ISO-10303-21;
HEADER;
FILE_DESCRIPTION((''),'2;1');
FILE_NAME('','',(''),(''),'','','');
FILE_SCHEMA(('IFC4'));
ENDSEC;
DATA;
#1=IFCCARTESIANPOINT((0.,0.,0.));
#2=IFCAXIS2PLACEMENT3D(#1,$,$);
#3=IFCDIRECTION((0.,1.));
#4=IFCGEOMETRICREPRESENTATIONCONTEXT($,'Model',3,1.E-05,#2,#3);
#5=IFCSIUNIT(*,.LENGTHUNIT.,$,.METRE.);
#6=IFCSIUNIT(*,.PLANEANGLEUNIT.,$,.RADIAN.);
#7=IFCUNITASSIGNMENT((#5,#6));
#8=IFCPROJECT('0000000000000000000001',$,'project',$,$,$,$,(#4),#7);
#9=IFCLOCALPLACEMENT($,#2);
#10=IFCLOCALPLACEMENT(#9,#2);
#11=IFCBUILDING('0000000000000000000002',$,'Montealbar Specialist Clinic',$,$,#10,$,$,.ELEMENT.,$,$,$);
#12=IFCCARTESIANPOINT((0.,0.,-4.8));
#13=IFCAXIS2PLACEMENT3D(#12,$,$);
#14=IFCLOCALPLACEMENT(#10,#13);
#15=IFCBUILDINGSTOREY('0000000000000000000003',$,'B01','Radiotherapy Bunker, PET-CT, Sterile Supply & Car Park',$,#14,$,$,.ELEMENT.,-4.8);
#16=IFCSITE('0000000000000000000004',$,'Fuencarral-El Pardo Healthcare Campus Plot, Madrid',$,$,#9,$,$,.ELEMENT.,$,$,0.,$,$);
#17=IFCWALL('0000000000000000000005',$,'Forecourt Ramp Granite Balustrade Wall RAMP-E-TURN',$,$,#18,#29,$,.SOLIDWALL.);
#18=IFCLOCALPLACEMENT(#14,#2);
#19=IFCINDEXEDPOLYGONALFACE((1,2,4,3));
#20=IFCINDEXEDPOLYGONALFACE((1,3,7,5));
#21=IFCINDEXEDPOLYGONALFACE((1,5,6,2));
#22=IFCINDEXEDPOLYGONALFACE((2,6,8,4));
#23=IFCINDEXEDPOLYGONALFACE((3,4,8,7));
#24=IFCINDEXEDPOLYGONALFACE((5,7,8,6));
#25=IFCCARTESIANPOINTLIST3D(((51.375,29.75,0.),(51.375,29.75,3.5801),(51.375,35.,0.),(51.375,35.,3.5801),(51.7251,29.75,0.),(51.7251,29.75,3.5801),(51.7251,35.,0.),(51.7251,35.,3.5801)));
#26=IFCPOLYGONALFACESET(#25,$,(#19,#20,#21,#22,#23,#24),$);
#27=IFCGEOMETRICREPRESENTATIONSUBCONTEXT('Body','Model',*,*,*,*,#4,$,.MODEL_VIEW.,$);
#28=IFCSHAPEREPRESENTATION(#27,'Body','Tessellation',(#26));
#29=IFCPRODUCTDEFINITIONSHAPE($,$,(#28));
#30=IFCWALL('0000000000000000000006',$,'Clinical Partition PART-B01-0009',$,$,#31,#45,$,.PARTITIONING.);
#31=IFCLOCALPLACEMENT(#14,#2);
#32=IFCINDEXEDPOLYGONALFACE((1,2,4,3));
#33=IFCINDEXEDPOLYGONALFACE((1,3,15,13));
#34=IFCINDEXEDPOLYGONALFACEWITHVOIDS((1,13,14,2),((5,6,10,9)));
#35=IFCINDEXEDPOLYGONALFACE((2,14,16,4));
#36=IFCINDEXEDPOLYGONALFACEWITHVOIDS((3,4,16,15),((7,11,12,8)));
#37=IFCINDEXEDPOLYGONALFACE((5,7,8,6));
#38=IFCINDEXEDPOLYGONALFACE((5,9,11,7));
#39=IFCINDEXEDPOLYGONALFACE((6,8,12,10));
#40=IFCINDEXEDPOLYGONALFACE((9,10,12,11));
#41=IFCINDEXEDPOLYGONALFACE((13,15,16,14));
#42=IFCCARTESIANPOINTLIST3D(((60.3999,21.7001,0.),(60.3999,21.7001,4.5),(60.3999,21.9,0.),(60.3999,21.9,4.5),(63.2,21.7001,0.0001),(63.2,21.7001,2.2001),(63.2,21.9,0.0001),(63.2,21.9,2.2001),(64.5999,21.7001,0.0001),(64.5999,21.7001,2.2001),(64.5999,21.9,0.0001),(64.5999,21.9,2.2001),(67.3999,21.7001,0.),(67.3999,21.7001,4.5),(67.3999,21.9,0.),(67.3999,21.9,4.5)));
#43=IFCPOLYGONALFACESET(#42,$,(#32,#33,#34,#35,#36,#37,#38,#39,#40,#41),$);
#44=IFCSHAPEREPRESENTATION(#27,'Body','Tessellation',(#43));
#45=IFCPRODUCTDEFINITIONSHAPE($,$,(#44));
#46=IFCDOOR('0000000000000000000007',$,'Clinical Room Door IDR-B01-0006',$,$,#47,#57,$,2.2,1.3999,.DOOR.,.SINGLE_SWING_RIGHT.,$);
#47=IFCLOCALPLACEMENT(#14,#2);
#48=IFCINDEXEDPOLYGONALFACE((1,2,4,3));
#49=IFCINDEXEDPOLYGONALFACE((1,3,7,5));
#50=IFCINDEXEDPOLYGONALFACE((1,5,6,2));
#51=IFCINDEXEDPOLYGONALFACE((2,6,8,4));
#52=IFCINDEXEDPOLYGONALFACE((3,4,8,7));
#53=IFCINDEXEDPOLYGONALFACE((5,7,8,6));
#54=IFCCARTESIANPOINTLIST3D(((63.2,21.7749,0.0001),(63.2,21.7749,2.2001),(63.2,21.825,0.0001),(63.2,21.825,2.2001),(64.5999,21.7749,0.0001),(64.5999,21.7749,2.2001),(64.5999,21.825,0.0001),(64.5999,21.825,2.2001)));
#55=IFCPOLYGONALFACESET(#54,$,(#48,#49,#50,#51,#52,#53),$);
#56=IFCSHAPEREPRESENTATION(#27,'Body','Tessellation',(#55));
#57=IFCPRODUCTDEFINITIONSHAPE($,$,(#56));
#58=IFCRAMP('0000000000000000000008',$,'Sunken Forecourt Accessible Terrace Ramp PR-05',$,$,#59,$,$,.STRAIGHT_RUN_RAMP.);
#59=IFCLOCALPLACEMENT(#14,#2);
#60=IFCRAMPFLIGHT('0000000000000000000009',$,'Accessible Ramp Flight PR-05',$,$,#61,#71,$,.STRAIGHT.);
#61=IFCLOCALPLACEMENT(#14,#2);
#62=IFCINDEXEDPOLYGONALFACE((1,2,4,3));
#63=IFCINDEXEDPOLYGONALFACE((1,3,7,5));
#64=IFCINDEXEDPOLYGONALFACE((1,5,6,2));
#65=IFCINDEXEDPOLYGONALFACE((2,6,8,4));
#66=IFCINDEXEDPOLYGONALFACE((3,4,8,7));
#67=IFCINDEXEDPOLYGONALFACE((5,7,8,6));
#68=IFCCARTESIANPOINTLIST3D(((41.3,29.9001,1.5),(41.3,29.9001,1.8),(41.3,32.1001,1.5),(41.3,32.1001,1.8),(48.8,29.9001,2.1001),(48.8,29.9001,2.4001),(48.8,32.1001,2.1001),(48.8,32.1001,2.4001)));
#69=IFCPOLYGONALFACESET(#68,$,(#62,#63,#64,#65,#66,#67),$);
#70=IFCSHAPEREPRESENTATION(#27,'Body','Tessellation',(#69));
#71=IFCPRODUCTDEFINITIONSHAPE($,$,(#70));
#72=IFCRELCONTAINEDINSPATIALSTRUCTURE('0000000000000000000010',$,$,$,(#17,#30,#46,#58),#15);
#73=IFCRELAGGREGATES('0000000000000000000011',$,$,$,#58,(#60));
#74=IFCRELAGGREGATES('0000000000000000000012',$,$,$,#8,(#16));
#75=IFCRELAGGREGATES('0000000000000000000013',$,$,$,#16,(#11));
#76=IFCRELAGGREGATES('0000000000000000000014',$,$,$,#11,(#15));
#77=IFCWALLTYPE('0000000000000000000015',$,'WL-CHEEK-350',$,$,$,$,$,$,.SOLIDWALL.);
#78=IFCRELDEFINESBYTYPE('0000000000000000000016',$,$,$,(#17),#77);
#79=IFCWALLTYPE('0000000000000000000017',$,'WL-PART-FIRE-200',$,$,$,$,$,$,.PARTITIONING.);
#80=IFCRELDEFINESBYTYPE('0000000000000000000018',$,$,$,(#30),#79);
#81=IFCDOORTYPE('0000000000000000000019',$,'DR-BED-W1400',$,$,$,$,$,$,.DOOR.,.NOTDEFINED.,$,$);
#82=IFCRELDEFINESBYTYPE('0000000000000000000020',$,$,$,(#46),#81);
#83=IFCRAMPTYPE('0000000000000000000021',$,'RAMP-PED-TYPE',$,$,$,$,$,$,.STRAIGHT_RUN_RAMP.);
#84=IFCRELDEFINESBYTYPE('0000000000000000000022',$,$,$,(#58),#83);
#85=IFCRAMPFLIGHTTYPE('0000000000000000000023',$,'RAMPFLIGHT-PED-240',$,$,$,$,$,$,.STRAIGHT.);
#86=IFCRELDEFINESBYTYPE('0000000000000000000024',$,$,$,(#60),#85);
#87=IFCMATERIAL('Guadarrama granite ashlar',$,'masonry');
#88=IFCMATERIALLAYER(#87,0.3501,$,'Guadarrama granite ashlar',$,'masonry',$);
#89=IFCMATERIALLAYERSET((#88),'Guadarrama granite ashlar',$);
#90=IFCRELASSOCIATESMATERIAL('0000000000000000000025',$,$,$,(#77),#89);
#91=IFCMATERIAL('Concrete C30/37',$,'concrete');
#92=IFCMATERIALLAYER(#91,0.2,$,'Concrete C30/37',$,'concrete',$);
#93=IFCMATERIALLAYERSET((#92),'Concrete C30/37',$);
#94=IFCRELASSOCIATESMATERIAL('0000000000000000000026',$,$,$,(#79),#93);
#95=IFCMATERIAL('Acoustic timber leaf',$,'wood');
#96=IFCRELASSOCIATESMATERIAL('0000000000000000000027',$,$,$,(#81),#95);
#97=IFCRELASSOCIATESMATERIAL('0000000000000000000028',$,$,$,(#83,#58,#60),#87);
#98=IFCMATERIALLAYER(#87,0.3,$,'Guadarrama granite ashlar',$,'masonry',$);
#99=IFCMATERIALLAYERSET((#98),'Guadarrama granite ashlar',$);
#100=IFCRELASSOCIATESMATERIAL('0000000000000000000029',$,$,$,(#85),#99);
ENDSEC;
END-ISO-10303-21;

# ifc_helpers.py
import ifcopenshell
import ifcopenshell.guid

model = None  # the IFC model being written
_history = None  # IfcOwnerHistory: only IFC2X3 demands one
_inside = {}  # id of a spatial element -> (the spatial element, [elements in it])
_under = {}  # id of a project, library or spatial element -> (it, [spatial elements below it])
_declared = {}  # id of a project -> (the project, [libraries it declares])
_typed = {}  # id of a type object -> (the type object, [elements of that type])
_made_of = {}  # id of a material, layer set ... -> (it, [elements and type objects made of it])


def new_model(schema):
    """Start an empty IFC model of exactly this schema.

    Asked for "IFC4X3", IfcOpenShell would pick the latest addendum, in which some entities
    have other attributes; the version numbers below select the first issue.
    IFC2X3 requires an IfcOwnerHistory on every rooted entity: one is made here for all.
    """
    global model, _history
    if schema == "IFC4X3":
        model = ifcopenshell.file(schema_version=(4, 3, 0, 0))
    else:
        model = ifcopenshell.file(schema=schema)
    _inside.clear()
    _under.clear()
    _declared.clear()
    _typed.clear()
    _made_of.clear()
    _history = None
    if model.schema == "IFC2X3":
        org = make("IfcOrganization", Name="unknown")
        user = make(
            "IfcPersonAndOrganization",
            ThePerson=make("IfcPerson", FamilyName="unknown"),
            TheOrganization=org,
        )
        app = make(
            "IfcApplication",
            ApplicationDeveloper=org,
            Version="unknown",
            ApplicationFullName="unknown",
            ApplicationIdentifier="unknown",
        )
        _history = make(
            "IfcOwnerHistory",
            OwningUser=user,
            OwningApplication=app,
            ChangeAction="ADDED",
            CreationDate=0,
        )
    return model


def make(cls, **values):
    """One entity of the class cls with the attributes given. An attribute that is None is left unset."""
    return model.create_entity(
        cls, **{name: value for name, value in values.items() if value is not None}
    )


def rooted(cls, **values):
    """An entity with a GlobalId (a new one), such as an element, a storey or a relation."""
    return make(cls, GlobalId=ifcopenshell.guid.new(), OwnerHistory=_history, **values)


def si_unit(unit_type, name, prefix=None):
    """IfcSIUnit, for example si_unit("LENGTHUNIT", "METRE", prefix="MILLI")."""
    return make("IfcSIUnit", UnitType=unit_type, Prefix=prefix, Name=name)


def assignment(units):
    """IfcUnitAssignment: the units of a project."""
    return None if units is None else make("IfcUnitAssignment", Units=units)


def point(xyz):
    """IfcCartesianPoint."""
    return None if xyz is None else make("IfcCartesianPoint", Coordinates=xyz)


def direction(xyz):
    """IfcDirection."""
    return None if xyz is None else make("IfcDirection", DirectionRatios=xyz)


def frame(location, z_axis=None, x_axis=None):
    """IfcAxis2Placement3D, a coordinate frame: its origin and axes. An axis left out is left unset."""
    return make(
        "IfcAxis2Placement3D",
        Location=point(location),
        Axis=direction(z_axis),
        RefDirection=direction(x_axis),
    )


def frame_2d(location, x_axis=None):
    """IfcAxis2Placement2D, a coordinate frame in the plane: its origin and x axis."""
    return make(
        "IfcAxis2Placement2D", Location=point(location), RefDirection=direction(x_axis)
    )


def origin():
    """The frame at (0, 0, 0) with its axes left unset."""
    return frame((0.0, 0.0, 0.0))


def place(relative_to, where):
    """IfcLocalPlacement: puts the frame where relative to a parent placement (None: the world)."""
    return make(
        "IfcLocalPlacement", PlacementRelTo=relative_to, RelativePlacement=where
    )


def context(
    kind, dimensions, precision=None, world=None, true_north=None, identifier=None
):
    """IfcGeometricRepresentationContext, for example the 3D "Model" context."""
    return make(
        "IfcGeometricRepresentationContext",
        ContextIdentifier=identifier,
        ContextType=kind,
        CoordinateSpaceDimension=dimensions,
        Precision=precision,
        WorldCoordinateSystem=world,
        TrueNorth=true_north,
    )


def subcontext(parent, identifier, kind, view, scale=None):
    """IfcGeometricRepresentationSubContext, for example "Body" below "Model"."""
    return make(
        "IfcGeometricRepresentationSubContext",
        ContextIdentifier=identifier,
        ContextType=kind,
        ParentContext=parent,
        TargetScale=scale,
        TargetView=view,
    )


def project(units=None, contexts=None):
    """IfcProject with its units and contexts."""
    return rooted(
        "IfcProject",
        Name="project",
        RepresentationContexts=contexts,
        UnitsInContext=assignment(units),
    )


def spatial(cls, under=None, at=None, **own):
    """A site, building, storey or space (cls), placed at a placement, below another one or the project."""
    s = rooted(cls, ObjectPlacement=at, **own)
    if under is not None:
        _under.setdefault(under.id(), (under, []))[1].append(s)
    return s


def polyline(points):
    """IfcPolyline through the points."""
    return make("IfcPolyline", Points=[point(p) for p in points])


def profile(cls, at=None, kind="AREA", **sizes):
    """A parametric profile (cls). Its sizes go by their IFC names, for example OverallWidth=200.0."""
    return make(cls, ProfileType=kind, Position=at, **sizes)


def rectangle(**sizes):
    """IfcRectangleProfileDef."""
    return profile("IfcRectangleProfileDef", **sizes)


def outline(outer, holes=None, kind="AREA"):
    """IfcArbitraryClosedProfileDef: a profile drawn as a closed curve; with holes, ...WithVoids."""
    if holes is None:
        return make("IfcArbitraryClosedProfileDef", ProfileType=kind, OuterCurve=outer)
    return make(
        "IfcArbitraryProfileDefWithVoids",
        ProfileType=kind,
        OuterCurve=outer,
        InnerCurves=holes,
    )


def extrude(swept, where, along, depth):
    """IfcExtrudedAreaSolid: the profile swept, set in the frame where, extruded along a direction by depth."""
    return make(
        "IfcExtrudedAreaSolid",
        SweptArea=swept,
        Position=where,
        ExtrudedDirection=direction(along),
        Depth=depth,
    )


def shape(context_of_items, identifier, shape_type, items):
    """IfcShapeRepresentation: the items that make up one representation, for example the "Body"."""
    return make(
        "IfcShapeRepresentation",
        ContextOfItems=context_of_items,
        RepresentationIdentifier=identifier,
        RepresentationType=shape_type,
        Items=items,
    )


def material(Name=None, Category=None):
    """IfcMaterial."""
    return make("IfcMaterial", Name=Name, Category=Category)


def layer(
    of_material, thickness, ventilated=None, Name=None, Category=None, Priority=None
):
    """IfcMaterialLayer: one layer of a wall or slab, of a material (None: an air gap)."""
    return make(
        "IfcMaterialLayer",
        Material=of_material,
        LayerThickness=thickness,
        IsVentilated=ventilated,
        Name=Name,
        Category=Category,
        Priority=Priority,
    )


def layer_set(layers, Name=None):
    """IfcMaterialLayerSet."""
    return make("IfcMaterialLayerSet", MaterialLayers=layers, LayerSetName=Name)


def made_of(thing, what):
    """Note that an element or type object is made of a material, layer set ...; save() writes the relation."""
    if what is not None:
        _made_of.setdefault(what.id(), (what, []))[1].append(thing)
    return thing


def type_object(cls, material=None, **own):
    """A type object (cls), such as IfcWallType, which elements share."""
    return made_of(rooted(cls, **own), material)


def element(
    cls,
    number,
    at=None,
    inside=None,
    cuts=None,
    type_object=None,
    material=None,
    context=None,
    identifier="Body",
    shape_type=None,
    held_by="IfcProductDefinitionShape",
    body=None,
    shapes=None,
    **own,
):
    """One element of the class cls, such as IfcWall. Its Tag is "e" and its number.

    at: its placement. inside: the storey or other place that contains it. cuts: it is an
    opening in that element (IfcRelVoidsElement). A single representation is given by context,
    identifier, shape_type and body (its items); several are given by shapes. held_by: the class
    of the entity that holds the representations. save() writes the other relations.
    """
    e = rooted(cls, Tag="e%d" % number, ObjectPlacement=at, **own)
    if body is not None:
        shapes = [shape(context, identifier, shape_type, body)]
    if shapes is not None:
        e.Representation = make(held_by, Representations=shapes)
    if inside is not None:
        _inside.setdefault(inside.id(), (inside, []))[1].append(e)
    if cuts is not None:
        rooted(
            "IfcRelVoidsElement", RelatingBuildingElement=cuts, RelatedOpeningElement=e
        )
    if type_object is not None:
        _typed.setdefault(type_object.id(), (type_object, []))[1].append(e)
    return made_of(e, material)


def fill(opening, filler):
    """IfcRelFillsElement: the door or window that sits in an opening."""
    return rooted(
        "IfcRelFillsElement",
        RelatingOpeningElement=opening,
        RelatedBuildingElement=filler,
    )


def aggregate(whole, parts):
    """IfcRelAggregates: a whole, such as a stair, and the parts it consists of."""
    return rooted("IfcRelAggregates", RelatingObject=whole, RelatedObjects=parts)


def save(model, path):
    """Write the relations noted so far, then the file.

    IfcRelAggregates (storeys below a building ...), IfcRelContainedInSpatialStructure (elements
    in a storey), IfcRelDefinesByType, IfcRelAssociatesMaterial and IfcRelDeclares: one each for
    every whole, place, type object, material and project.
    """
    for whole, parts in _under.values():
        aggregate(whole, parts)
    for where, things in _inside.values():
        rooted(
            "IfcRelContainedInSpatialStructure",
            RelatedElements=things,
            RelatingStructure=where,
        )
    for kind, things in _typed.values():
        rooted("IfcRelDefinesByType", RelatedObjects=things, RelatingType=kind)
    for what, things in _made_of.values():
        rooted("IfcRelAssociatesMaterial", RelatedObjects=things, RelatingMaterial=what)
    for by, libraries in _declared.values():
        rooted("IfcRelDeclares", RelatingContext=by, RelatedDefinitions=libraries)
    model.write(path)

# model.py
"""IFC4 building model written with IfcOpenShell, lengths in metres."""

from ifc_helpers import new_model, si_unit, direction, frame, frame_2d, origin, place, context, subcontext, project, spatial, polyline, rectangle, outline, extrude, material, layer, layer_set, type_object, element, fill, aggregate, save


model = new_model("IFC4")

# Units and contexts
model_context = context("Model", 3, precision=1e-05, world=origin(), true_north=direction((0.0, 1.0)))
body_context = subcontext(model_context, "Body", "Model", "MODEL_VIEW")
ifc_project = project(units=[si_unit("LENGTHUNIT", "METRE"), si_unit("PLANEANGLEUNIT", "RADIAN")], contexts=[model_context])

# Site, building, storey
site_placement = place(None, origin())
site = spatial("IfcSite", under=ifc_project, at=site_placement, Name="Fuencarral-El Pardo Healthcare Campus Plot, Madrid", CompositionType="ELEMENT", RefElevation=0.0)
building_placement = place(site_placement, origin())
building = spatial("IfcBuilding", under=site, at=building_placement, Name="Montealbar Specialist Clinic", CompositionType="ELEMENT")
storey_placement = place(building_placement, frame((0.0, 0.0, -4.8)))
storey = spatial("IfcBuildingStorey", under=building, at=storey_placement, Name="B01", Description="Radiotherapy Bunker, PET-CT, Sterile Supply & Car Park", CompositionType="ELEMENT", Elevation=-4.8)

# Shared definitions
ifc_material_1 = material(Name="Guadarrama granite ashlar", Category="masonry")

# Wall
ifc_layer_1 = layer(ifc_material_1, 0.3501, Name="Guadarrama granite ashlar", Category="masonry")
ifc_layer_set_1 = layer_set([ifc_layer_1], Name="Guadarrama granite ashlar")
wall_type_1 = type_object("IfcWallType", Name="WL-CHEEK-350", PredefinedType="SOLIDWALL", material=ifc_layer_set_1)
wall_1_placement = place(storey_placement, frame((51.55, 29.75, 0.0), z_axis=(0.0, 0.0, 1.0), x_axis=(0.0, 1.0, 0.0)))
element("IfcWall", 1, at=wall_1_placement, inside=storey, type_object=wall_type_1, Name="Forecourt Ramp Granite Balustrade Wall RAMP-E-TURN", PredefinedType="SOLIDWALL", context=body_context, shape_type="SweptSolid", body=[
    extrude(outline(polyline([(0.0, 0.0), (5.25, 0.0), (5.25, 3.5801), (0.0, 3.5801), (0.0, 0.0)])), frame((0.0, 0.175, 0.0), z_axis=(0.0, -1.0, 0.0), x_axis=(1.0, 0.0, 0.0)), (0.0, 0.0, 1.0), 0.3501),
])

# Wall, opening, door
ifc_material_2 = material(Name="Concrete C30/37", Category="concrete")
ifc_layer_2 = layer(ifc_material_2, 0.2, Name="Concrete C30/37", Category="concrete")
ifc_layer_set_2 = layer_set([ifc_layer_2], Name="Concrete C30/37")
wall_type_2 = type_object("IfcWallType", Name="WL-PART-FIRE-200", PredefinedType="PARTITIONING", material=ifc_layer_set_2)
wall_2_placement = place(storey_placement, frame((60.3999, 21.8, 0.0), z_axis=(0.0, 0.0, 1.0), x_axis=(1.0, 0.0, 0.0)))
wall_2 = element("IfcWall", 2, at=wall_2_placement, inside=storey, type_object=wall_type_2, Name="Clinical Partition PART-B01-0009", PredefinedType="PARTITIONING", context=body_context, shape_type="SweptSolid", body=[
    extrude(rectangle(XDim=7.0, YDim=0.2, at=frame_2d((3.5, 0.0))), origin(), (0.0, 0.0, 1.0), 4.5),
])
opening_placement = place(wall_2_placement, frame((2.8, 0.0, 0.0)))
opening = element("IfcOpeningElement", 3, at=opening_placement, cuts=wall_2, PredefinedType="OPENING", context=body_context, shape_type="SweptSolid", body=[
    extrude(rectangle(XDim=1.3999, YDim=2.2, at=frame_2d((0.7, 1.1001))), frame((0.0, 0.1099, 0.0), z_axis=(0.0, -1.0, 0.0), x_axis=(1.0, 0.0, 0.0)), (0.0, 0.0, 1.0), 0.22),
])
ifc_material_3 = material(Name="Acoustic timber leaf", Category="wood")
door_type = type_object("IfcDoorType", Name="DR-BED-W1400", OperationType="NOTDEFINED", PredefinedType="DOOR", material=ifc_material_3)
door_placement = place(opening_placement, origin())
door = element("IfcDoor", 4, at=door_placement, inside=storey, type_object=door_type, Name="Clinical Room Door IDR-B01-0006", OperationType="SINGLE_SWING_RIGHT", OverallHeight=2.2, OverallWidth=1.3999, PredefinedType="DOOR", context=body_context, shape_type="SweptSolid", body=[
    extrude(rectangle(XDim=1.3999, YDim=2.2, at=frame_2d((0.7, 1.1001))), frame((0.0, 0.0249, 0.0), z_axis=(0.0, -1.0, 0.0), x_axis=(1.0, 0.0, 0.0)), (0.0, 0.0, 1.0), 0.05),
])
fill(opening, door)

# Ramp, ramp flight
ramp_type = type_object("IfcRampType", Name="RAMP-PED-TYPE", PredefinedType="STRAIGHT_RUN_RAMP", material=ifc_material_1)
ramp_placement = place(storey_placement, origin())
ramp = element("IfcRamp", 5, at=ramp_placement, inside=storey, type_object=ramp_type, material=ifc_material_1, Name="Sunken Forecourt Accessible Terrace Ramp PR-05", PredefinedType="STRAIGHT_RUN_RAMP")
ifc_layer_3 = layer(ifc_material_1, 0.3, Name="Guadarrama granite ashlar", Category="masonry")
ifc_layer_set_3 = layer_set([ifc_layer_3], Name="Guadarrama granite ashlar")
ramp_flight_type = type_object("IfcRampFlightType", Name="RAMPFLIGHT-PED-240", PredefinedType="STRAIGHT", material=ifc_layer_set_3)
ramp_flight_placement = place(storey_placement, frame((41.3, 31.0, 1.8), z_axis=(0.0, 0.0, 1.0), x_axis=(1.0, 0.0, 0.0)))
ramp_flight = element("IfcRampFlight", 6, at=ramp_flight_placement, type_object=ramp_flight_type, material=ifc_material_1, Name="Accessible Ramp Flight PR-05", PredefinedType="STRAIGHT", context=body_context, shape_type="SweptSolid", body=[
    extrude(outline(polyline([(0.0, -0.3), (7.5, 0.3), (7.5, 0.6001), (0.0, 0.0), (0.0, -0.3)])), frame((0.0, 1.1001, 0.0), z_axis=(0.0, -1.0, 0.0), x_axis=(1.0, 0.0, 0.0)), (0.0, 0.0, 1.0), 2.2),
])
aggregate(ramp, [ramp_flight])

save(model, "model.ifc")
